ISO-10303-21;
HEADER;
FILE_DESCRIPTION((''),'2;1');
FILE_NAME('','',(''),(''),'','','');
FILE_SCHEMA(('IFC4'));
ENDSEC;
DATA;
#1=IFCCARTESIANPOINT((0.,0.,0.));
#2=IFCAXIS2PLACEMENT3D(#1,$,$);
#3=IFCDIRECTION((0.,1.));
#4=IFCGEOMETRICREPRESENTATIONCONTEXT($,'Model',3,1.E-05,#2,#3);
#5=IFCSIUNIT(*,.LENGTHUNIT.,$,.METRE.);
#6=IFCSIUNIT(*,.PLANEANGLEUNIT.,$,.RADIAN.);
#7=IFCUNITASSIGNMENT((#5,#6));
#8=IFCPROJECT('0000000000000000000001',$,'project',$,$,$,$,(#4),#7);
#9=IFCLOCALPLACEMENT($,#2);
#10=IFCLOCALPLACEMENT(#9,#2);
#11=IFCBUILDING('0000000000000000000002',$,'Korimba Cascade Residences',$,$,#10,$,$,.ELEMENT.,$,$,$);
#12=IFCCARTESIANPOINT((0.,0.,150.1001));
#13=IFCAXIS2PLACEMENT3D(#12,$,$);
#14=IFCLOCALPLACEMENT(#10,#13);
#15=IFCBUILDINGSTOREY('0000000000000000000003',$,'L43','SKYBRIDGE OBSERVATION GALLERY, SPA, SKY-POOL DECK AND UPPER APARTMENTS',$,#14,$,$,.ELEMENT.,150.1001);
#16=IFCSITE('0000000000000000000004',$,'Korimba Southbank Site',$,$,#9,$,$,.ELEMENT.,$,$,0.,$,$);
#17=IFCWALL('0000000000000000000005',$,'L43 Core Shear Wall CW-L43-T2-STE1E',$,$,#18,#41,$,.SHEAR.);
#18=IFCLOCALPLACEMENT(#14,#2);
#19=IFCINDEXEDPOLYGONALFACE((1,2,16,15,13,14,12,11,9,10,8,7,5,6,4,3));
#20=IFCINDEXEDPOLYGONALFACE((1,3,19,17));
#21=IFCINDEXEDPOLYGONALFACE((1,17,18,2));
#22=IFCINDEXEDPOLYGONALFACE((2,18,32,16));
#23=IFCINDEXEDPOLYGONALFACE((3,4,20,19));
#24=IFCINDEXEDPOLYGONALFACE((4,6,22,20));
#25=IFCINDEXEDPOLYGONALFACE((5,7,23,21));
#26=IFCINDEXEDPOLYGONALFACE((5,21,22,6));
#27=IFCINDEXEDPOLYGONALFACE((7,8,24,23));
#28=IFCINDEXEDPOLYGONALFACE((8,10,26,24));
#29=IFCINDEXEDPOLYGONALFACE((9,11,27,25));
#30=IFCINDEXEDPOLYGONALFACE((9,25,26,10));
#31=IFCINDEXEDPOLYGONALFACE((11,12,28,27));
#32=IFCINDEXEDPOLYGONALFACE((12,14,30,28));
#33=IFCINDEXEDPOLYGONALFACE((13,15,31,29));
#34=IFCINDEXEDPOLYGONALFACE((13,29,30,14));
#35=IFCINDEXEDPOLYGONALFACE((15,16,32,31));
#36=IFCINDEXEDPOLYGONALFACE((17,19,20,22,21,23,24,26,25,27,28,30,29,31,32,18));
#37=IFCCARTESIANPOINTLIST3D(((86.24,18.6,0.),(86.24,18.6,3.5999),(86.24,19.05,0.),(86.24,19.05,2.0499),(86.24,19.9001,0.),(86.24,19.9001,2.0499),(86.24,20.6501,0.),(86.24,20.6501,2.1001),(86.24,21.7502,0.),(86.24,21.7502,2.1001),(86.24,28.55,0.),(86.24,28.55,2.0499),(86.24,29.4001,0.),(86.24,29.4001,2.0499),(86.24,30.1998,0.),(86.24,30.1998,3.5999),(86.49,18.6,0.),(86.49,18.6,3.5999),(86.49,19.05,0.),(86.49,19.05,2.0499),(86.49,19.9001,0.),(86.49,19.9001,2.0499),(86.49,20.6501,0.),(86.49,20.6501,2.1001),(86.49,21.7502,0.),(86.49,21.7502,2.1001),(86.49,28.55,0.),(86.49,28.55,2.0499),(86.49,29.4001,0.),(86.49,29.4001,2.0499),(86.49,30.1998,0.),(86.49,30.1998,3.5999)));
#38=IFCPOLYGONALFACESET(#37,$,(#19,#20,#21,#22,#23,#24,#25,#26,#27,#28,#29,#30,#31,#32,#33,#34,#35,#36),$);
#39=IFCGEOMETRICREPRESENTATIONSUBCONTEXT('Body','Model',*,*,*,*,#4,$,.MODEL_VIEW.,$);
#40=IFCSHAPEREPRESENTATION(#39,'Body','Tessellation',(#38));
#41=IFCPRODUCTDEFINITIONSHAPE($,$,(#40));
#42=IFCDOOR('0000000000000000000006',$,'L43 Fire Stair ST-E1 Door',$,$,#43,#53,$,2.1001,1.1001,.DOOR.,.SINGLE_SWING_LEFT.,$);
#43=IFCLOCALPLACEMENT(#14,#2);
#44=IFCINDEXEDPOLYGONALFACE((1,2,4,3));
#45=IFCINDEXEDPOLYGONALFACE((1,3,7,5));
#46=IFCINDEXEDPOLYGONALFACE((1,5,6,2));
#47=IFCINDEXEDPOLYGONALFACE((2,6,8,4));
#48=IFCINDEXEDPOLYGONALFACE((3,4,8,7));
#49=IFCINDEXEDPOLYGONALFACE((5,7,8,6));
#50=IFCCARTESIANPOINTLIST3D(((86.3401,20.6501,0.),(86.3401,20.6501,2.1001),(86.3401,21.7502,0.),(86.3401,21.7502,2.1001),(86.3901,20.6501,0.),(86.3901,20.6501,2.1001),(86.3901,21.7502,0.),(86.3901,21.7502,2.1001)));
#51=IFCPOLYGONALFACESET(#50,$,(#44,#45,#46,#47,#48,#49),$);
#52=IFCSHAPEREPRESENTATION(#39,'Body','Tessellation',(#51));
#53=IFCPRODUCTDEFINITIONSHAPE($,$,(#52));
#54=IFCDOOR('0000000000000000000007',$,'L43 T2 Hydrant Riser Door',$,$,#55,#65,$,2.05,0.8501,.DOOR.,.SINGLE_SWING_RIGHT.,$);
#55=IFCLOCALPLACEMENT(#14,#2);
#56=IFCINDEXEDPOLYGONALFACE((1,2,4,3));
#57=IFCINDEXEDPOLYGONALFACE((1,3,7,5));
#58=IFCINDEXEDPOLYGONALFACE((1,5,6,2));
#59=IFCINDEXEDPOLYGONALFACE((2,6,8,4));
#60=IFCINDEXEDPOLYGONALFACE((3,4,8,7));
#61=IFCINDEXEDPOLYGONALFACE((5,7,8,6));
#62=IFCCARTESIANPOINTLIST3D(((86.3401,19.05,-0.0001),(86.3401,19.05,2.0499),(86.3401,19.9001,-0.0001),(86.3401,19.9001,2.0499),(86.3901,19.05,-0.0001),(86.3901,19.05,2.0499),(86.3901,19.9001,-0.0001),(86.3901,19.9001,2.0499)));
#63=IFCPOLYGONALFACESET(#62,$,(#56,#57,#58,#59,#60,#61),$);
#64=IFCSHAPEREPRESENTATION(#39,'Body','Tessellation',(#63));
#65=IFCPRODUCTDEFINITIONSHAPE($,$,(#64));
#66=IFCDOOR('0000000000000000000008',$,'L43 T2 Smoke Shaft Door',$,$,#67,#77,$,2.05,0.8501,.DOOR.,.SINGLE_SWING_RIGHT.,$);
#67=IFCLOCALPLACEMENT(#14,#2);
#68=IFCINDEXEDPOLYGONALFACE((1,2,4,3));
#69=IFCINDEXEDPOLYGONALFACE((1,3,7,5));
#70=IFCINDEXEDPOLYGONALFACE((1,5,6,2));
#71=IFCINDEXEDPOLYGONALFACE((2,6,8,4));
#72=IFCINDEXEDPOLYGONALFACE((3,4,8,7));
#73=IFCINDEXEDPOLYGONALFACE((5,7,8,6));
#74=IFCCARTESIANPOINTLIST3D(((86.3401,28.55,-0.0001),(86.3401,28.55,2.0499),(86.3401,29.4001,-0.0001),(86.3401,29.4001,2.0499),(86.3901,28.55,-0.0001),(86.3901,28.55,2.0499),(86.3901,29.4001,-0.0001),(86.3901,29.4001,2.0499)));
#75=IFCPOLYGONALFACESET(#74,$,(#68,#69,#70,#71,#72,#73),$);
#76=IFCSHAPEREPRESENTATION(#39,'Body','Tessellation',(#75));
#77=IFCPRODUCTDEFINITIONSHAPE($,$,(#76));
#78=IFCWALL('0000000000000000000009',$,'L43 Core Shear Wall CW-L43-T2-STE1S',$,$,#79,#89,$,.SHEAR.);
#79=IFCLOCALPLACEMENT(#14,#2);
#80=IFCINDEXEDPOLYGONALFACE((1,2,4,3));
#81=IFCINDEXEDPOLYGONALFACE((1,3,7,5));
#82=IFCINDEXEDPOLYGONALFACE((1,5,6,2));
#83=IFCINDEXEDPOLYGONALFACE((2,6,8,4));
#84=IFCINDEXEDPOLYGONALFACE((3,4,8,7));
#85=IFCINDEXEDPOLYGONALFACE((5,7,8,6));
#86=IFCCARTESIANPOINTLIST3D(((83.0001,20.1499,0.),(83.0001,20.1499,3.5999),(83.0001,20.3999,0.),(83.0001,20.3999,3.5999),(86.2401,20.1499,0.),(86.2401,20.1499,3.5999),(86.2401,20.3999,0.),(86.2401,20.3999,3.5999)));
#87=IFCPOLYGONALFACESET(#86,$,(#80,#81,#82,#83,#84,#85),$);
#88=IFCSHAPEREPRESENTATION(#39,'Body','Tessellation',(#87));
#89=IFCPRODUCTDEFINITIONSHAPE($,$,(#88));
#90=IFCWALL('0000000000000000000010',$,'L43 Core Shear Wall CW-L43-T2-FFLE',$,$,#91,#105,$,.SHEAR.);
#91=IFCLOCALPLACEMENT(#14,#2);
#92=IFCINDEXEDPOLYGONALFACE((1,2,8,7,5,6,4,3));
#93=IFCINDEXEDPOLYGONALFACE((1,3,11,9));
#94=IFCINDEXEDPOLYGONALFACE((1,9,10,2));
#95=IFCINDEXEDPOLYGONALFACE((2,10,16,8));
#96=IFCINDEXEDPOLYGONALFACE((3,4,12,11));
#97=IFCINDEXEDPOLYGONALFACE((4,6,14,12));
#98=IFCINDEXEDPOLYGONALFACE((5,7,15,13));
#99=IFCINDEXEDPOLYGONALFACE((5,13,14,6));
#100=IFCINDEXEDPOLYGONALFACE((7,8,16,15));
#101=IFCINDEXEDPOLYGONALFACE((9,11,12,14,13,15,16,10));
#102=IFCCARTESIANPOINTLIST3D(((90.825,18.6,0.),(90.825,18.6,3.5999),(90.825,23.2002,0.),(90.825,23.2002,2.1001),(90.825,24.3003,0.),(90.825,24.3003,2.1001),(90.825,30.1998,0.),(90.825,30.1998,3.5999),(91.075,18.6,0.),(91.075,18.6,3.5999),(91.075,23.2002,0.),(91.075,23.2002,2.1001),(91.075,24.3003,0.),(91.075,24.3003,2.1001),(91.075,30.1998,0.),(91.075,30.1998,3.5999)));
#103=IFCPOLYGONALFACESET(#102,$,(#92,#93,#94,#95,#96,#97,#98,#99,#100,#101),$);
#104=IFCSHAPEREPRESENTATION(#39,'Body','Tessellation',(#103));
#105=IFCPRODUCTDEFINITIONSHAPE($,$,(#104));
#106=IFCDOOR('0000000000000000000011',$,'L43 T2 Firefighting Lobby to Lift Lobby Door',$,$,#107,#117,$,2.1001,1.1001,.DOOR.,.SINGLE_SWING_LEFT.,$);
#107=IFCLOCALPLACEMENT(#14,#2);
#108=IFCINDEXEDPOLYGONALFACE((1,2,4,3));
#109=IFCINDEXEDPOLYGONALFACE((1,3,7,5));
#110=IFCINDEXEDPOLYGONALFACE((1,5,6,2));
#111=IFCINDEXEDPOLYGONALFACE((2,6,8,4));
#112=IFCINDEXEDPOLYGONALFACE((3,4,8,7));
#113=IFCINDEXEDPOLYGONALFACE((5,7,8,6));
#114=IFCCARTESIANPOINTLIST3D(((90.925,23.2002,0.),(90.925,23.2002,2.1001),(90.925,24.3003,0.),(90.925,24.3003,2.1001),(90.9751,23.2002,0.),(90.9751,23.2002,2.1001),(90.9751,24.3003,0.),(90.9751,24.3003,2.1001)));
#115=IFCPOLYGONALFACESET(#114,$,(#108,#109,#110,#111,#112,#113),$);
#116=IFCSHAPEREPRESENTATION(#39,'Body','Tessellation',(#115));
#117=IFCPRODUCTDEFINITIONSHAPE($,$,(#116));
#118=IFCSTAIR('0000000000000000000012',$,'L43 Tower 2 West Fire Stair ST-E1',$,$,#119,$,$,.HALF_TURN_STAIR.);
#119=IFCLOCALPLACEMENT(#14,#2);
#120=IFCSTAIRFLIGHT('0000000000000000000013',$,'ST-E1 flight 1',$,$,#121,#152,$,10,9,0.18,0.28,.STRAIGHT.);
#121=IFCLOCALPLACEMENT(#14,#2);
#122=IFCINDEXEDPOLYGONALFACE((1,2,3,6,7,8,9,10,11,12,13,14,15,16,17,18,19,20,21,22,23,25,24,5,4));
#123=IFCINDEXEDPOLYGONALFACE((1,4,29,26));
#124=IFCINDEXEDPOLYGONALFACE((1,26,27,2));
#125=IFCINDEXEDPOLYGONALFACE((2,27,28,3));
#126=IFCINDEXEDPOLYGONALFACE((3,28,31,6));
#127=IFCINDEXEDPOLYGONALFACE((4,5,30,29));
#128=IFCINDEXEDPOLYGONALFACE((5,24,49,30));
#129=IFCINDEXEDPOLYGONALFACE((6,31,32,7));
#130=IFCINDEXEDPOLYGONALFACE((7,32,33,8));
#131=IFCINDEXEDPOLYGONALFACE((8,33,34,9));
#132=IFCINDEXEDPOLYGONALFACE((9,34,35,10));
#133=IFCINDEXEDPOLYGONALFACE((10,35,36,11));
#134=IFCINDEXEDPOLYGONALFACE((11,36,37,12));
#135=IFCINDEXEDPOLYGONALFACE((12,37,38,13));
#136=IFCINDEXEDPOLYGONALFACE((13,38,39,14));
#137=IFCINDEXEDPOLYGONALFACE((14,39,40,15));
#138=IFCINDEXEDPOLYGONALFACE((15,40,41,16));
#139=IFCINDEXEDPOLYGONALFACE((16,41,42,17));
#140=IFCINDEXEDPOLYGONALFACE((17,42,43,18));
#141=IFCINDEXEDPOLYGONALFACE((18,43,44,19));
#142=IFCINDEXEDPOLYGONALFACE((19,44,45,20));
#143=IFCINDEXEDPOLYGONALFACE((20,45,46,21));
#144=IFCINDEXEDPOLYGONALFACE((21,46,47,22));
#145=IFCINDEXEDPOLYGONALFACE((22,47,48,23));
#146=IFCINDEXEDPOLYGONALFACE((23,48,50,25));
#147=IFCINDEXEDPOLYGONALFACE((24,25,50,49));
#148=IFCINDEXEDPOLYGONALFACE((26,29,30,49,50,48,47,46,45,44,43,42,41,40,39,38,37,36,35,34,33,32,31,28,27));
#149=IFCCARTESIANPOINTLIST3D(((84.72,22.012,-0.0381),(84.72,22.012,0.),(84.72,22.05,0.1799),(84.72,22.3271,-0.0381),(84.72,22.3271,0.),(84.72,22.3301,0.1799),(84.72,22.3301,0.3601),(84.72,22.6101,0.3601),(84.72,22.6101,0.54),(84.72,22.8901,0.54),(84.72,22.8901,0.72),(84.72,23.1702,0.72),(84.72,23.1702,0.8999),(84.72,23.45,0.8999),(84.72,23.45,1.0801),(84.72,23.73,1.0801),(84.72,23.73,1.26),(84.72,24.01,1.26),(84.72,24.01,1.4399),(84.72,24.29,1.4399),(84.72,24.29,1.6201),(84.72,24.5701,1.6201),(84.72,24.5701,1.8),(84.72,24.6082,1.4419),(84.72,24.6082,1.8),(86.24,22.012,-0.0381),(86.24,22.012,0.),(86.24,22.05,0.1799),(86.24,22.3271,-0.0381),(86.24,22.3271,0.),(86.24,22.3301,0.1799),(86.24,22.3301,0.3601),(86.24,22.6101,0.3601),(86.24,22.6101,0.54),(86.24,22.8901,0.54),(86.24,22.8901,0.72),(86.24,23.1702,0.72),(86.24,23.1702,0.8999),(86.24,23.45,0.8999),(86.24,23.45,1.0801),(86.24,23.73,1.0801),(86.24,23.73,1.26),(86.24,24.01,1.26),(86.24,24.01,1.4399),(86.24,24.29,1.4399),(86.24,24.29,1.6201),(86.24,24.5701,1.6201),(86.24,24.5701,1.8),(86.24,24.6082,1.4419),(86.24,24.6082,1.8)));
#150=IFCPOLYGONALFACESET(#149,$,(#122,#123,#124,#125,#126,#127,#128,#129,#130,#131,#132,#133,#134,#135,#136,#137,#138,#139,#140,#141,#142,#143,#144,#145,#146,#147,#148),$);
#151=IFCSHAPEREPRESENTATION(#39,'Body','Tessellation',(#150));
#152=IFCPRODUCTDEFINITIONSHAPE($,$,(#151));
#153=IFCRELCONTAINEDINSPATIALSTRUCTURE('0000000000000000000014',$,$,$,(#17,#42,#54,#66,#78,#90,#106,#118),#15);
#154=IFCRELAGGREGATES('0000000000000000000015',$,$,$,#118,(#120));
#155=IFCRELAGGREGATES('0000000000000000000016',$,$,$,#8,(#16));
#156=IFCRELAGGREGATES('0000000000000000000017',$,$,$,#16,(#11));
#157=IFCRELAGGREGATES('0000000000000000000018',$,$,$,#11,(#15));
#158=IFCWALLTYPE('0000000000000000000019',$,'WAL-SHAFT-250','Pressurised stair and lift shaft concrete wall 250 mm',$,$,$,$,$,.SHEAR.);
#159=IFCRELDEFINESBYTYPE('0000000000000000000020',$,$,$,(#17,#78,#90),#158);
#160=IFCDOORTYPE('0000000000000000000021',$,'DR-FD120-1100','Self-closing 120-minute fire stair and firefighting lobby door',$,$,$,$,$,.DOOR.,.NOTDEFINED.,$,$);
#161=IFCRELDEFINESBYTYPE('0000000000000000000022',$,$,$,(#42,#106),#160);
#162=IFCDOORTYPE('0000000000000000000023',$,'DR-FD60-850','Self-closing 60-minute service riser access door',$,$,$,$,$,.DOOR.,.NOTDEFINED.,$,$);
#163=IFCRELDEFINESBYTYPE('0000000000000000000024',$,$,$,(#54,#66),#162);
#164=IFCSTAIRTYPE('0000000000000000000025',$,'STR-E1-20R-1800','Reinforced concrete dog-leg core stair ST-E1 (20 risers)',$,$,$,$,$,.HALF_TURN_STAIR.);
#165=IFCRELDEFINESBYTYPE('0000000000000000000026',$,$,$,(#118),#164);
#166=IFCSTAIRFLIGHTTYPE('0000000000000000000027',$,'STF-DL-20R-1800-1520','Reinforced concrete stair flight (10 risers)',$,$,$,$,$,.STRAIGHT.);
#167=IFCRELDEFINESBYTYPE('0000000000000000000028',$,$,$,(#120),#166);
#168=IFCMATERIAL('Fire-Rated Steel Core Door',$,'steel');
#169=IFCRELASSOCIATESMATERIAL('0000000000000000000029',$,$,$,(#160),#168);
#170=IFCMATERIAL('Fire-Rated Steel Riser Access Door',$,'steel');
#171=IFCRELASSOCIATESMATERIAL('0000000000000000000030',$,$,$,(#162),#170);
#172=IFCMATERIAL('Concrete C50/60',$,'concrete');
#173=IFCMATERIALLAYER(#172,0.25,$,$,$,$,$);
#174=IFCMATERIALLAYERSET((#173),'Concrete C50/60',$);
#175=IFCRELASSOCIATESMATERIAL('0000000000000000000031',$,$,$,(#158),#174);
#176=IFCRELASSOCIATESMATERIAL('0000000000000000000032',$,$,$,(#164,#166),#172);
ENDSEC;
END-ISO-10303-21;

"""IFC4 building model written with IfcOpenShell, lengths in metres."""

from ifc_helpers import new_model, si_unit, direction, frame, frame_2d, origin, place, context, subcontext, project, spatial, polyline, rectangle, outline, extrude, material, layer, layer_set, type_object, element, fill, aggregate, save


model = new_model("IFC4")

# Units and contexts
model_context = context("Model", 3, precision=1e-05, world=origin(), true_north=direction((0.0, 1.0)))
body_context = subcontext(model_context, "Body", "Model", "MODEL_VIEW")
ifc_project = project(units=[si_unit("LENGTHUNIT", "METRE"), si_unit("PLANEANGLEUNIT", "RADIAN")], contexts=[model_context])

# Site, building, storey
site_placement = place(None, origin())
site = spatial("IfcSite", under=ifc_project, at=site_placement, Name="Korimba Southbank Site", CompositionType="ELEMENT", RefElevation=0.0)
building_placement = place(site_placement, origin())
building = spatial("IfcBuilding", under=site, at=building_placement, Name="Korimba Cascade Residences", CompositionType="ELEMENT")
storey_placement = place(building_placement, frame((0.0, 0.0, 150.1001)))
storey = spatial("IfcBuildingStorey", under=building, at=storey_placement, Name="L43", Description="SKYBRIDGE OBSERVATION GALLERY, SPA, SKY-POOL DECK AND UPPER APARTMENTS", CompositionType="ELEMENT", Elevation=150.1001)

# Shared definitions
ifc_material_1 = material(Name="Fire-Rated Steel Core Door", Category="steel")
door_type_1 = type_object("IfcDoorType", Name="DR-FD120-1100", Description="Self-closing 120-minute fire stair and firefighting lobby door", OperationType="NOTDEFINED", PredefinedType="DOOR", material=ifc_material_1)

# Shared definitions
ifc_material_2 = material(Name="Fire-Rated Steel Riser Access Door", Category="steel")
door_type_2 = type_object("IfcDoorType", Name="DR-FD60-850", Description="Self-closing 60-minute service riser access door", OperationType="NOTDEFINED", PredefinedType="DOOR", material=ifc_material_2)

# Shared definitions
ifc_material_3 = material(Name="Concrete C50/60", Category="concrete")
ifc_layer_1 = layer(ifc_material_3, 0.25)
ifc_layer_set_1 = layer_set([ifc_layer_1], Name="Concrete C50/60")
wall_type_1 = type_object("IfcWallType", Name="WAL-SHAFT-250", Description="Pressurised stair and lift shaft concrete wall 250 mm", PredefinedType="SHEAR", material=ifc_layer_set_1)

# Wall, openings, doors
wall_1_placement = place(storey_placement, frame((86.365, 18.6001, 0.0), z_axis=(0.0, 0.0, 1.0), x_axis=(0.0, 1.0, 0.0)))
wall_1 = element("IfcWall", 1, at=wall_1_placement, inside=storey, type_object=wall_type_1, Name="L43 Core Shear Wall CW-L43-T2-STE1E", PredefinedType="SHEAR", context=body_context, shape_type="SweptSolid", body=[
    extrude(rectangle(XDim=11.5999, YDim=0.25, at=frame_2d((5.7998, 0.0))), origin(), (0.0, 0.0, 1.0), 3.5999),
])
opening_1_placement = place(wall_1_placement, frame((0.45, 0.0, 0.0)))
opening_1 = element("IfcOpeningElement", 2, at=opening_1_placement, cuts=wall_1, PredefinedType="OPENING", context=body_context, shape_type="SweptSolid", body=[
    extrude(rectangle(XDim=0.8501, YDim=2.05, at=frame_2d((0.425, 1.0249))), frame((0.0, 0.135, 0.0), z_axis=(0.0, -1.0, 0.0), x_axis=(1.0, 0.0, 0.0)), (0.0, 0.0, 1.0), 0.27),
])
opening_2_placement = place(wall_1_placement, frame((2.05, 0.0, 0.0)))
opening_2 = element("IfcOpeningElement", 3, at=opening_2_placement, cuts=wall_1, PredefinedType="OPENING", context=body_context, shape_type="SweptSolid", body=[
    extrude(rectangle(XDim=1.1001, YDim=2.1001, at=frame_2d((0.55, 1.05))), frame((0.0, 0.135, 0.0), z_axis=(0.0, -1.0, 0.0), x_axis=(1.0, 0.0, 0.0)), (0.0, 0.0, 1.0), 0.27),
])
opening_3_placement = place(wall_1_placement, frame((9.95, 0.0, 0.0)))
opening_3 = element("IfcOpeningElement", 4, at=opening_3_placement, cuts=wall_1, PredefinedType="OPENING", context=body_context, shape_type="SweptSolid", body=[
    extrude(rectangle(XDim=0.8501, YDim=2.05, at=frame_2d((0.425, 1.0249))), frame((0.0, 0.135, 0.0), z_axis=(0.0, -1.0, 0.0), x_axis=(1.0, 0.0, 0.0)), (0.0, 0.0, 1.0), 0.27),
])
door_1_placement = place(opening_2_placement, origin())
door_1 = element("IfcDoor", 5, at=door_1_placement, inside=storey, type_object=door_type_1, Name="L43 Fire Stair ST-E1 Door", OperationType="SINGLE_SWING_LEFT", OverallHeight=2.1001, OverallWidth=1.1001, PredefinedType="DOOR", context=body_context, shape_type="SweptSolid", body=[
    extrude(rectangle(XDim=1.1001, YDim=2.1001, at=frame_2d((0.55, 1.05))), frame((0.0, 0.0249, 0.0), z_axis=(0.0, -1.0, 0.0), x_axis=(1.0, 0.0, 0.0)), (0.0, 0.0, 1.0), 0.05),
])
fill(opening_2, door_1)
door_2_placement = place(opening_1_placement, origin())
door_2 = element("IfcDoor", 6, at=door_2_placement, inside=storey, type_object=door_type_2, Name="L43 T2 Hydrant Riser Door", OperationType="SINGLE_SWING_RIGHT", OverallHeight=2.05, OverallWidth=0.8501, PredefinedType="DOOR", context=body_context, shape_type="SweptSolid", body=[
    extrude(rectangle(XDim=0.8501, YDim=2.05, at=frame_2d((0.425, 1.0249))), frame((0.0, 0.0249, 0.0), z_axis=(0.0, -1.0, 0.0), x_axis=(1.0, 0.0, 0.0)), (0.0, 0.0, 1.0), 0.05),
])
fill(opening_1, door_2)
door_3_placement = place(opening_3_placement, origin())
door_3 = element("IfcDoor", 7, at=door_3_placement, inside=storey, type_object=door_type_2, Name="L43 T2 Smoke Shaft Door", OperationType="SINGLE_SWING_RIGHT", OverallHeight=2.05, OverallWidth=0.8501, PredefinedType="DOOR", context=body_context, shape_type="SweptSolid", body=[
    extrude(rectangle(XDim=0.8501, YDim=2.05, at=frame_2d((0.425, 1.0249))), frame((0.0, 0.0249, 0.0), z_axis=(0.0, -1.0, 0.0), x_axis=(1.0, 0.0, 0.0)), (0.0, 0.0, 1.0), 0.05),
])
fill(opening_3, door_3)

# Wall
wall_2_placement = place(storey_placement, frame((83.0, 20.2749, 0.0), z_axis=(0.0, 0.0, 1.0), x_axis=(1.0, 0.0, 0.0)))
element("IfcWall", 8, at=wall_2_placement, inside=storey, type_object=wall_type_1, Name="L43 Core Shear Wall CW-L43-T2-STE1S", PredefinedType="SHEAR", context=body_context, shape_type="SweptSolid", body=[
    extrude(rectangle(XDim=3.24, YDim=0.25, at=frame_2d((1.6201, 0.0))), origin(), (0.0, 0.0, 1.0), 3.5999),
])

# Wall, opening, door
wall_3_placement = place(storey_placement, frame((90.95, 18.6001, 0.0), z_axis=(0.0, 0.0, 1.0), x_axis=(0.0, 1.0, 0.0)))
wall_3 = element("IfcWall", 9, at=wall_3_placement, inside=storey, type_object=wall_type_1, Name="L43 Core Shear Wall CW-L43-T2-FFLE", PredefinedType="SHEAR", context=body_context, shape_type="SweptSolid", body=[
    extrude(rectangle(XDim=11.5999, YDim=0.25, at=frame_2d((5.7998, 0.0))), origin(), (0.0, 0.0, 1.0), 3.5999),
])
opening_4_placement = place(wall_3_placement, frame((4.6001, 0.0, 0.0)))
opening_4 = element("IfcOpeningElement", 10, at=opening_4_placement, cuts=wall_3, PredefinedType="OPENING", context=body_context, shape_type="SweptSolid", body=[
    extrude(rectangle(XDim=1.1001, YDim=2.1001, at=frame_2d((0.55, 1.05))), frame((0.0, 0.135, 0.0), z_axis=(0.0, -1.0, 0.0), x_axis=(1.0, 0.0, 0.0)), (0.0, 0.0, 1.0), 0.27),
])
door_4_placement = place(opening_4_placement, origin())
door_4 = element("IfcDoor", 11, at=door_4_placement, inside=storey, type_object=door_type_1, Name="L43 T2 Firefighting Lobby to Lift Lobby Door", OperationType="SINGLE_SWING_LEFT", OverallHeight=2.1001, OverallWidth=1.1001, PredefinedType="DOOR", context=body_context, shape_type="SweptSolid", body=[
    extrude(rectangle(XDim=1.1001, YDim=2.1001, at=frame_2d((0.55, 1.05))), frame((0.0, 0.0249, 0.0), z_axis=(0.0, -1.0, 0.0), x_axis=(1.0, 0.0, 0.0)), (0.0, 0.0, 1.0), 0.05),
])
fill(opening_4, door_4)

# Stair, stair flight
stair_type = type_object("IfcStairType", Name="STR-E1-20R-1800", Description="Reinforced concrete dog-leg core stair ST-E1 (20 risers)", PredefinedType="HALF_TURN_STAIR", material=ifc_material_3)
stair_placement = place(storey_placement, origin())
stair = element("IfcStair", 12, at=stair_placement, inside=storey, type_object=stair_type, Name="L43 Tower 2 West Fire Stair ST-E1", PredefinedType="HALF_TURN_STAIR")
stair_flight_type = type_object("IfcStairFlightType", Name="STF-DL-20R-1800-1520", Description="Reinforced concrete stair flight (10 risers)", PredefinedType="STRAIGHT", material=ifc_material_3)
stair_flight_1_placement = place(storey_placement, frame((85.48, 22.05, 0.0), z_axis=(0.0, 0.0, 1.0), x_axis=(0.0, 1.0, 0.0)))
stair_flight_1 = element("IfcStairFlight", 13, at=stair_flight_1_placement, type_object=stair_flight_type, Name="ST-E1 flight 1", NumberOfRisers=10, NumberOfTreads=9, PredefinedType="STRAIGHT", RiserHeight=0.18, TreadLength=0.28, context=body_context, shape_type="SweptSolid", body=[
    extrude(outline(polyline([(-0.0381, 0.0), (0.0, 0.1799), (0.28, 0.1799), (0.28, 0.3601), (0.5601, 0.3601), (0.5601, 0.54), (0.8401, 0.54), (0.8401, 0.72), (1.1201, 0.72), (1.1201, 0.8999), (1.3999, 0.8999), (1.3999, 1.0801), (1.6799, 1.0801), (1.6799, 1.26), (1.96, 1.26), (1.96, 1.4399), (2.24, 1.4399), (2.24, 1.6201), (2.52, 1.6201), (2.52, 1.8), (2.5581, 1.8), (2.5581, 1.4419), (0.2771, 0.0), (0.2771, -0.0381), (-0.0381, -0.0381), (-0.0381, 0.0)])), frame((0.0, 0.76, 0.0), z_axis=(0.0, -1.0, 0.0), x_axis=(1.0, 0.0, 0.0)), (0.0, 0.0, 1.0), 1.52),
])
aggregate(stair, [stair_flight_1])

save(model, "model.ifc")
